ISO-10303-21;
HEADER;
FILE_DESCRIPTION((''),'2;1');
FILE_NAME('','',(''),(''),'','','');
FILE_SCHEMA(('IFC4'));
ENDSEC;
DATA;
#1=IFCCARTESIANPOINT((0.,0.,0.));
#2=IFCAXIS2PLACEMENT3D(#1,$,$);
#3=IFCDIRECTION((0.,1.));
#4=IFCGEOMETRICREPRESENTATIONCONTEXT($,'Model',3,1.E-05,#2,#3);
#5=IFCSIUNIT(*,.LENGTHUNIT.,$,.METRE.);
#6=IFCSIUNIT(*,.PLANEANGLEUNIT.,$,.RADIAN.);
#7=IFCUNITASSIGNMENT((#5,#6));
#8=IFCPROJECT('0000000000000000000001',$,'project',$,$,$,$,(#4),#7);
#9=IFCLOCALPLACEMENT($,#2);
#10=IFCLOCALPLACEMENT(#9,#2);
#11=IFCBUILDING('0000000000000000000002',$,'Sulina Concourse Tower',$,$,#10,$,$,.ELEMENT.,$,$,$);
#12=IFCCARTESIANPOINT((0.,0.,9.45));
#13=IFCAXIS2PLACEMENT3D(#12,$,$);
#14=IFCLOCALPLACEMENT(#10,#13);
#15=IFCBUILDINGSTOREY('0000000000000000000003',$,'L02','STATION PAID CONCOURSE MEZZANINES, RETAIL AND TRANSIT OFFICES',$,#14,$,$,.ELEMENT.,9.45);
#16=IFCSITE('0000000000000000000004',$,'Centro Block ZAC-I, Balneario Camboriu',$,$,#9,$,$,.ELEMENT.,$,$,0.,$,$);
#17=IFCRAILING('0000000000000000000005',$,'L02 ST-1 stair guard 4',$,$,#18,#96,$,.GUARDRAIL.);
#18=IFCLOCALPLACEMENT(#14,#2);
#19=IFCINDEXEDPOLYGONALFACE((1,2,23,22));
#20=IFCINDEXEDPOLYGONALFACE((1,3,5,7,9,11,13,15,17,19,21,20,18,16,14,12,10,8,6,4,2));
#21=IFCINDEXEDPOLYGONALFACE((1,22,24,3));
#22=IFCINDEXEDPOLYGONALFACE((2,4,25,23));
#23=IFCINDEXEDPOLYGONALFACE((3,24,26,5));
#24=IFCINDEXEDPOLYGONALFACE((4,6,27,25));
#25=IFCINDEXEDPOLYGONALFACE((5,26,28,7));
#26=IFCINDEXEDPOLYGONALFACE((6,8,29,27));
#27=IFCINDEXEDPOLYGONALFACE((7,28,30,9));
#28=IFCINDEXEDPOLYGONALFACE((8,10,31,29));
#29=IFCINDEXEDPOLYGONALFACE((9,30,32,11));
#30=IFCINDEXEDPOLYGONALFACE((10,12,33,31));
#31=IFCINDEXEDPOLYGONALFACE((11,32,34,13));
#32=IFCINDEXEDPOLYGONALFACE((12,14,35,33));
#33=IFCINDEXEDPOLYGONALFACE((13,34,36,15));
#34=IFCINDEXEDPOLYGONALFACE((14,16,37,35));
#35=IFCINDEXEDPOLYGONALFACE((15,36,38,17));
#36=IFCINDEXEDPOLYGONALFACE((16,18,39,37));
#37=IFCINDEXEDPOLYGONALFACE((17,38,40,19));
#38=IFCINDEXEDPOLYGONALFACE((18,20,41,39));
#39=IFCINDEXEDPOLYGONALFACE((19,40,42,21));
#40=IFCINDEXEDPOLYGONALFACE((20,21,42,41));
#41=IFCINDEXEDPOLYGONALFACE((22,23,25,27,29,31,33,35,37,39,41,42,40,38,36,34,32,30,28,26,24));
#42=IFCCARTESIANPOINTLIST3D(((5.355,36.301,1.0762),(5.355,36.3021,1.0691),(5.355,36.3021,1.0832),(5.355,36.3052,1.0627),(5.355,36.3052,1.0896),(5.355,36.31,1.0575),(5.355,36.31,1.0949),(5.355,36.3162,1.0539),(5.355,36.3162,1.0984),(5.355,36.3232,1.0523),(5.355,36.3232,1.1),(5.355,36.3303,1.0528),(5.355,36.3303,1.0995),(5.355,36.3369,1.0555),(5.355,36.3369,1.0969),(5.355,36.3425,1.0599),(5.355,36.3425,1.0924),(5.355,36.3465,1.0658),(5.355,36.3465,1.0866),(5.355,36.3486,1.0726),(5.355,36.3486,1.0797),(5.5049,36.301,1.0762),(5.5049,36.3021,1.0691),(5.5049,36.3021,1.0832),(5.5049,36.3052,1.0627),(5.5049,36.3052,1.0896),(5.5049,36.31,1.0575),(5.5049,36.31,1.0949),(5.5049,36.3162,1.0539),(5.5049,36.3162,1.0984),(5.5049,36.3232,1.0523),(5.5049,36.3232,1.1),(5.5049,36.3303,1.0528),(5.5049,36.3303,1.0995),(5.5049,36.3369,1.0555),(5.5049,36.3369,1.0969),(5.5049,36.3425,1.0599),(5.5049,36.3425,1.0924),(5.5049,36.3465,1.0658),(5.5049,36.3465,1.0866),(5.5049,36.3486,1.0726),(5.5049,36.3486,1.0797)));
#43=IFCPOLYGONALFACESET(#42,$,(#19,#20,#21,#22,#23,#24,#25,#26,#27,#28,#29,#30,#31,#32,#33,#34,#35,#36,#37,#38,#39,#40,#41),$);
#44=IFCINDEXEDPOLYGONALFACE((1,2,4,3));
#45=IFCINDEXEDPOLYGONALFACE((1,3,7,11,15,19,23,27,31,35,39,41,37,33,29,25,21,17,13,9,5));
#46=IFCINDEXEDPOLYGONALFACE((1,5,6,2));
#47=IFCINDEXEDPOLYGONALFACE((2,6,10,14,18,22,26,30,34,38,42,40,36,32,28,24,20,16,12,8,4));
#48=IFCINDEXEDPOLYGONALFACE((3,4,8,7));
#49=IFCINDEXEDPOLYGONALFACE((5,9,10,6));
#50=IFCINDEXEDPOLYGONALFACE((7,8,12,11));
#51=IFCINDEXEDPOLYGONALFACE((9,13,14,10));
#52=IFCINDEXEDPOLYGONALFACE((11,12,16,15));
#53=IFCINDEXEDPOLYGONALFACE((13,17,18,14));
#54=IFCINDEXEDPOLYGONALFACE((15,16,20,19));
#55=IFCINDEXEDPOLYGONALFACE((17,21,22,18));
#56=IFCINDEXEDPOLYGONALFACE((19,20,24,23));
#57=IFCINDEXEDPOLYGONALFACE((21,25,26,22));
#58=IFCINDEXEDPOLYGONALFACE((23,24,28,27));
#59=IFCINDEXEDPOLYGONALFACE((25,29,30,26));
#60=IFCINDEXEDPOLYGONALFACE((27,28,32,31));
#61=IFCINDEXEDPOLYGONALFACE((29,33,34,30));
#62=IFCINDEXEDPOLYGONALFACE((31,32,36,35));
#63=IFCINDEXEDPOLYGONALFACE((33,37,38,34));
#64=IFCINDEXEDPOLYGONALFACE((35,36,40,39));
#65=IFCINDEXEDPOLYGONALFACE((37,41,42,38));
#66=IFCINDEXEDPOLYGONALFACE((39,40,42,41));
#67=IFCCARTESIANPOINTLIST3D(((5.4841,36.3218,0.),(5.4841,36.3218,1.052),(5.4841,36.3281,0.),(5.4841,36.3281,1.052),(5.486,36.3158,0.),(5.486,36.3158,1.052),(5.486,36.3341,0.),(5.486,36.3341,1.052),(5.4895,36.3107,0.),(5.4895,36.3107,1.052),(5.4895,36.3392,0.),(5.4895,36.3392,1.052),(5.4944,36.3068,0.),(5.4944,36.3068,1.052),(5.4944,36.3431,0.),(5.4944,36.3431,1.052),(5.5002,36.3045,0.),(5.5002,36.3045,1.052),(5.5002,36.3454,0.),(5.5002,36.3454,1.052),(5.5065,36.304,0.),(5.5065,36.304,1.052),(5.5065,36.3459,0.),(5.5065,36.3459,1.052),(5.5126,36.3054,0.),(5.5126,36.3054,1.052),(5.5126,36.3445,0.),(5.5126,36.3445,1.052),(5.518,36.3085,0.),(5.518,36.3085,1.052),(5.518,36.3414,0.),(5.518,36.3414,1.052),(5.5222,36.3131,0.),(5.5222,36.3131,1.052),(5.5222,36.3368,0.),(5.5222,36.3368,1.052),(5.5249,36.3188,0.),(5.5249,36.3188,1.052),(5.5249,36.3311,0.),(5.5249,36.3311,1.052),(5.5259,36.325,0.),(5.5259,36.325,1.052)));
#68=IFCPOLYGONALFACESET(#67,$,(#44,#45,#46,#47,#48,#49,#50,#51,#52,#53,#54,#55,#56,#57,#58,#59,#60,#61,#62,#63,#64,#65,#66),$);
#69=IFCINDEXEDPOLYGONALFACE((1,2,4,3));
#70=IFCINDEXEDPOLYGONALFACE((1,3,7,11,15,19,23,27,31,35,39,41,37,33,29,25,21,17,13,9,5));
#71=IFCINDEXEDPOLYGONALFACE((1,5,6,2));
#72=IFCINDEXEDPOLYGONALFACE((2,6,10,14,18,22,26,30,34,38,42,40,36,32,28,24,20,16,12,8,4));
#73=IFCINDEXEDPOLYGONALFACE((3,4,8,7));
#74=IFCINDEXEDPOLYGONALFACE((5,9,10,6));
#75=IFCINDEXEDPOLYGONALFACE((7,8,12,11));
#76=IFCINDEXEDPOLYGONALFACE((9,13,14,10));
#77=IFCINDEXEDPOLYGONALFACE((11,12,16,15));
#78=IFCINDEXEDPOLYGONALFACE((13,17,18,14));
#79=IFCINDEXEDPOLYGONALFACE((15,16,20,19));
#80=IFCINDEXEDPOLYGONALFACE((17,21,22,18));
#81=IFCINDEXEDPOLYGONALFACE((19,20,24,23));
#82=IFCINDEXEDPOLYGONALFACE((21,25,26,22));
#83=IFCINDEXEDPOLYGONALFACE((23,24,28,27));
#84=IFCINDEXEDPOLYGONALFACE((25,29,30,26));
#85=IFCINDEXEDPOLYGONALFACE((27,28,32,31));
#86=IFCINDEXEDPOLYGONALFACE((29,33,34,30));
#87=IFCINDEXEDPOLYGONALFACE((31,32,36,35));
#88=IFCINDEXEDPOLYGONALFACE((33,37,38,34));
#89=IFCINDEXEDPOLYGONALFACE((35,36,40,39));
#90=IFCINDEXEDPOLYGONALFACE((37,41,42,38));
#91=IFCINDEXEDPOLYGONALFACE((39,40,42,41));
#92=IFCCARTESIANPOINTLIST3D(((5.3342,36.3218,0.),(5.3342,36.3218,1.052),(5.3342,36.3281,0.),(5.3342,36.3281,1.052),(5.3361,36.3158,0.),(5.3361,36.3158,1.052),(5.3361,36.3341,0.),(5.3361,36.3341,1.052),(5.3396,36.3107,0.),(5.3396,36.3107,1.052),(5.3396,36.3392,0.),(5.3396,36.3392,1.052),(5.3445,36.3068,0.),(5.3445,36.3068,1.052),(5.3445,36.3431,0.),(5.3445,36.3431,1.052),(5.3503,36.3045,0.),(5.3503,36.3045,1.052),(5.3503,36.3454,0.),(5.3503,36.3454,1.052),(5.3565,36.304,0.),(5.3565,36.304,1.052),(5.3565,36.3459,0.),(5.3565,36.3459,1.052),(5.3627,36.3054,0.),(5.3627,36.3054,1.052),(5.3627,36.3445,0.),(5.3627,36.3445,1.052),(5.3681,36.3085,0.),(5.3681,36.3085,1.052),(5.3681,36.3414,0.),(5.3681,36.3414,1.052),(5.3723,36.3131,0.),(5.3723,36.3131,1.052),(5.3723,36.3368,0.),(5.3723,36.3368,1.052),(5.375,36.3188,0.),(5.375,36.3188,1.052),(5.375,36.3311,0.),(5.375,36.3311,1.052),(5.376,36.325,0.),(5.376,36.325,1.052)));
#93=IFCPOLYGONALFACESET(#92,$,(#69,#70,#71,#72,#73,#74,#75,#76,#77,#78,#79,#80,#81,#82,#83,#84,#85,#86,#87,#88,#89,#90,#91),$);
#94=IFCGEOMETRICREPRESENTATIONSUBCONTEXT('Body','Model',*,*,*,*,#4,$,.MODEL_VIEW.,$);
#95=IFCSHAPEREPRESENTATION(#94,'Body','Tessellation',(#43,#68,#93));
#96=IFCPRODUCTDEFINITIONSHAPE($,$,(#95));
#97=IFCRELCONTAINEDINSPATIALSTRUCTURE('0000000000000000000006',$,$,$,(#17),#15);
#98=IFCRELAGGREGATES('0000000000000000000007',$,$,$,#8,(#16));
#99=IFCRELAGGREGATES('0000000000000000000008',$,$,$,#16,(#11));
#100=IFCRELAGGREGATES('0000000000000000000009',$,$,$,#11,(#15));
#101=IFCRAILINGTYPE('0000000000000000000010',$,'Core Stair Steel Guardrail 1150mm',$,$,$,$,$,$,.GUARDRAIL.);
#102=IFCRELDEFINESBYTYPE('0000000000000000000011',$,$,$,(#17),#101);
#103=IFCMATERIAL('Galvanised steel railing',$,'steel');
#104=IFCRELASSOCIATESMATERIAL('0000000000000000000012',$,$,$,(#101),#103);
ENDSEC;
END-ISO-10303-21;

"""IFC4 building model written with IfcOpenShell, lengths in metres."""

from ifc_helpers import new_model, si_unit, direction, frame, origin, origin_2d, place, context, subcontext, project, spatial, circle, extrude, material, type_object, element, save


model = new_model("IFC4")

# Units and contexts
model_context = context("Model", 3, precision=1e-05, world=origin(), true_north=direction((0.0, 1.0)))
body_context = subcontext(model_context, "Body", "Model", "MODEL_VIEW")
ifc_project = project(units=[si_unit("LENGTHUNIT", "METRE"), si_unit("PLANEANGLEUNIT", "RADIAN")], contexts=[model_context])

# Site, building, storey
site_placement = place(None, origin())
site = spatial("IfcSite", under=ifc_project, at=site_placement, Name="Centro Block ZAC-I, Balneario Camboriu", CompositionType="ELEMENT", RefElevation=0.0)
building_placement = place(site_placement, origin())
building = spatial("IfcBuilding", under=site, at=building_placement, Name="Sulina Concourse Tower", CompositionType="ELEMENT")
storey_placement = place(building_placement, frame((0.0, 0.0, 9.45)))
storey = spatial("IfcBuildingStorey", under=building, at=storey_placement, Name="L02", Description="STATION PAID CONCOURSE MEZZANINES, RETAIL AND TRANSIT OFFICES", CompositionType="ELEMENT", Elevation=9.45)

# Railing
ifc_material_1 = material(Name="Galvanised steel railing", Category="steel")
railing_type_1 = type_object("IfcRailingType", Name="Core Stair Steel Guardrail 1150mm", PredefinedType="GUARDRAIL", material=ifc_material_1)
railing_1_placement = place(storey_placement, frame((5.5049, 36.325, 0.0)))
element("IfcRailing", 1, at=railing_1_placement, inside=storey, type_object=railing_type_1, Name="L02 ST-1 stair guard 4", PredefinedType="GUARDRAIL", context=body_context, shape_type="SweptSolid", body=[
    extrude(circle(Radius=0.0239, at=origin_2d()), frame((0.0, 0.0, 1.0762), z_axis=(-1.0, 0.0, 0.0), x_axis=(0.0, -1.0, 0.0)), (0.0, 0.0, 1.0), 0.1499),
    extrude(circle(Radius=0.021, at=origin_2d()), origin(), (0.0, 0.0, 1.0), 1.052),
    extrude(circle(Radius=0.021, at=origin_2d()), frame((-0.1499, 0.0, 0.0)), (0.0, 0.0, 1.0), 1.052),
])

save(model, "model.ifc")
